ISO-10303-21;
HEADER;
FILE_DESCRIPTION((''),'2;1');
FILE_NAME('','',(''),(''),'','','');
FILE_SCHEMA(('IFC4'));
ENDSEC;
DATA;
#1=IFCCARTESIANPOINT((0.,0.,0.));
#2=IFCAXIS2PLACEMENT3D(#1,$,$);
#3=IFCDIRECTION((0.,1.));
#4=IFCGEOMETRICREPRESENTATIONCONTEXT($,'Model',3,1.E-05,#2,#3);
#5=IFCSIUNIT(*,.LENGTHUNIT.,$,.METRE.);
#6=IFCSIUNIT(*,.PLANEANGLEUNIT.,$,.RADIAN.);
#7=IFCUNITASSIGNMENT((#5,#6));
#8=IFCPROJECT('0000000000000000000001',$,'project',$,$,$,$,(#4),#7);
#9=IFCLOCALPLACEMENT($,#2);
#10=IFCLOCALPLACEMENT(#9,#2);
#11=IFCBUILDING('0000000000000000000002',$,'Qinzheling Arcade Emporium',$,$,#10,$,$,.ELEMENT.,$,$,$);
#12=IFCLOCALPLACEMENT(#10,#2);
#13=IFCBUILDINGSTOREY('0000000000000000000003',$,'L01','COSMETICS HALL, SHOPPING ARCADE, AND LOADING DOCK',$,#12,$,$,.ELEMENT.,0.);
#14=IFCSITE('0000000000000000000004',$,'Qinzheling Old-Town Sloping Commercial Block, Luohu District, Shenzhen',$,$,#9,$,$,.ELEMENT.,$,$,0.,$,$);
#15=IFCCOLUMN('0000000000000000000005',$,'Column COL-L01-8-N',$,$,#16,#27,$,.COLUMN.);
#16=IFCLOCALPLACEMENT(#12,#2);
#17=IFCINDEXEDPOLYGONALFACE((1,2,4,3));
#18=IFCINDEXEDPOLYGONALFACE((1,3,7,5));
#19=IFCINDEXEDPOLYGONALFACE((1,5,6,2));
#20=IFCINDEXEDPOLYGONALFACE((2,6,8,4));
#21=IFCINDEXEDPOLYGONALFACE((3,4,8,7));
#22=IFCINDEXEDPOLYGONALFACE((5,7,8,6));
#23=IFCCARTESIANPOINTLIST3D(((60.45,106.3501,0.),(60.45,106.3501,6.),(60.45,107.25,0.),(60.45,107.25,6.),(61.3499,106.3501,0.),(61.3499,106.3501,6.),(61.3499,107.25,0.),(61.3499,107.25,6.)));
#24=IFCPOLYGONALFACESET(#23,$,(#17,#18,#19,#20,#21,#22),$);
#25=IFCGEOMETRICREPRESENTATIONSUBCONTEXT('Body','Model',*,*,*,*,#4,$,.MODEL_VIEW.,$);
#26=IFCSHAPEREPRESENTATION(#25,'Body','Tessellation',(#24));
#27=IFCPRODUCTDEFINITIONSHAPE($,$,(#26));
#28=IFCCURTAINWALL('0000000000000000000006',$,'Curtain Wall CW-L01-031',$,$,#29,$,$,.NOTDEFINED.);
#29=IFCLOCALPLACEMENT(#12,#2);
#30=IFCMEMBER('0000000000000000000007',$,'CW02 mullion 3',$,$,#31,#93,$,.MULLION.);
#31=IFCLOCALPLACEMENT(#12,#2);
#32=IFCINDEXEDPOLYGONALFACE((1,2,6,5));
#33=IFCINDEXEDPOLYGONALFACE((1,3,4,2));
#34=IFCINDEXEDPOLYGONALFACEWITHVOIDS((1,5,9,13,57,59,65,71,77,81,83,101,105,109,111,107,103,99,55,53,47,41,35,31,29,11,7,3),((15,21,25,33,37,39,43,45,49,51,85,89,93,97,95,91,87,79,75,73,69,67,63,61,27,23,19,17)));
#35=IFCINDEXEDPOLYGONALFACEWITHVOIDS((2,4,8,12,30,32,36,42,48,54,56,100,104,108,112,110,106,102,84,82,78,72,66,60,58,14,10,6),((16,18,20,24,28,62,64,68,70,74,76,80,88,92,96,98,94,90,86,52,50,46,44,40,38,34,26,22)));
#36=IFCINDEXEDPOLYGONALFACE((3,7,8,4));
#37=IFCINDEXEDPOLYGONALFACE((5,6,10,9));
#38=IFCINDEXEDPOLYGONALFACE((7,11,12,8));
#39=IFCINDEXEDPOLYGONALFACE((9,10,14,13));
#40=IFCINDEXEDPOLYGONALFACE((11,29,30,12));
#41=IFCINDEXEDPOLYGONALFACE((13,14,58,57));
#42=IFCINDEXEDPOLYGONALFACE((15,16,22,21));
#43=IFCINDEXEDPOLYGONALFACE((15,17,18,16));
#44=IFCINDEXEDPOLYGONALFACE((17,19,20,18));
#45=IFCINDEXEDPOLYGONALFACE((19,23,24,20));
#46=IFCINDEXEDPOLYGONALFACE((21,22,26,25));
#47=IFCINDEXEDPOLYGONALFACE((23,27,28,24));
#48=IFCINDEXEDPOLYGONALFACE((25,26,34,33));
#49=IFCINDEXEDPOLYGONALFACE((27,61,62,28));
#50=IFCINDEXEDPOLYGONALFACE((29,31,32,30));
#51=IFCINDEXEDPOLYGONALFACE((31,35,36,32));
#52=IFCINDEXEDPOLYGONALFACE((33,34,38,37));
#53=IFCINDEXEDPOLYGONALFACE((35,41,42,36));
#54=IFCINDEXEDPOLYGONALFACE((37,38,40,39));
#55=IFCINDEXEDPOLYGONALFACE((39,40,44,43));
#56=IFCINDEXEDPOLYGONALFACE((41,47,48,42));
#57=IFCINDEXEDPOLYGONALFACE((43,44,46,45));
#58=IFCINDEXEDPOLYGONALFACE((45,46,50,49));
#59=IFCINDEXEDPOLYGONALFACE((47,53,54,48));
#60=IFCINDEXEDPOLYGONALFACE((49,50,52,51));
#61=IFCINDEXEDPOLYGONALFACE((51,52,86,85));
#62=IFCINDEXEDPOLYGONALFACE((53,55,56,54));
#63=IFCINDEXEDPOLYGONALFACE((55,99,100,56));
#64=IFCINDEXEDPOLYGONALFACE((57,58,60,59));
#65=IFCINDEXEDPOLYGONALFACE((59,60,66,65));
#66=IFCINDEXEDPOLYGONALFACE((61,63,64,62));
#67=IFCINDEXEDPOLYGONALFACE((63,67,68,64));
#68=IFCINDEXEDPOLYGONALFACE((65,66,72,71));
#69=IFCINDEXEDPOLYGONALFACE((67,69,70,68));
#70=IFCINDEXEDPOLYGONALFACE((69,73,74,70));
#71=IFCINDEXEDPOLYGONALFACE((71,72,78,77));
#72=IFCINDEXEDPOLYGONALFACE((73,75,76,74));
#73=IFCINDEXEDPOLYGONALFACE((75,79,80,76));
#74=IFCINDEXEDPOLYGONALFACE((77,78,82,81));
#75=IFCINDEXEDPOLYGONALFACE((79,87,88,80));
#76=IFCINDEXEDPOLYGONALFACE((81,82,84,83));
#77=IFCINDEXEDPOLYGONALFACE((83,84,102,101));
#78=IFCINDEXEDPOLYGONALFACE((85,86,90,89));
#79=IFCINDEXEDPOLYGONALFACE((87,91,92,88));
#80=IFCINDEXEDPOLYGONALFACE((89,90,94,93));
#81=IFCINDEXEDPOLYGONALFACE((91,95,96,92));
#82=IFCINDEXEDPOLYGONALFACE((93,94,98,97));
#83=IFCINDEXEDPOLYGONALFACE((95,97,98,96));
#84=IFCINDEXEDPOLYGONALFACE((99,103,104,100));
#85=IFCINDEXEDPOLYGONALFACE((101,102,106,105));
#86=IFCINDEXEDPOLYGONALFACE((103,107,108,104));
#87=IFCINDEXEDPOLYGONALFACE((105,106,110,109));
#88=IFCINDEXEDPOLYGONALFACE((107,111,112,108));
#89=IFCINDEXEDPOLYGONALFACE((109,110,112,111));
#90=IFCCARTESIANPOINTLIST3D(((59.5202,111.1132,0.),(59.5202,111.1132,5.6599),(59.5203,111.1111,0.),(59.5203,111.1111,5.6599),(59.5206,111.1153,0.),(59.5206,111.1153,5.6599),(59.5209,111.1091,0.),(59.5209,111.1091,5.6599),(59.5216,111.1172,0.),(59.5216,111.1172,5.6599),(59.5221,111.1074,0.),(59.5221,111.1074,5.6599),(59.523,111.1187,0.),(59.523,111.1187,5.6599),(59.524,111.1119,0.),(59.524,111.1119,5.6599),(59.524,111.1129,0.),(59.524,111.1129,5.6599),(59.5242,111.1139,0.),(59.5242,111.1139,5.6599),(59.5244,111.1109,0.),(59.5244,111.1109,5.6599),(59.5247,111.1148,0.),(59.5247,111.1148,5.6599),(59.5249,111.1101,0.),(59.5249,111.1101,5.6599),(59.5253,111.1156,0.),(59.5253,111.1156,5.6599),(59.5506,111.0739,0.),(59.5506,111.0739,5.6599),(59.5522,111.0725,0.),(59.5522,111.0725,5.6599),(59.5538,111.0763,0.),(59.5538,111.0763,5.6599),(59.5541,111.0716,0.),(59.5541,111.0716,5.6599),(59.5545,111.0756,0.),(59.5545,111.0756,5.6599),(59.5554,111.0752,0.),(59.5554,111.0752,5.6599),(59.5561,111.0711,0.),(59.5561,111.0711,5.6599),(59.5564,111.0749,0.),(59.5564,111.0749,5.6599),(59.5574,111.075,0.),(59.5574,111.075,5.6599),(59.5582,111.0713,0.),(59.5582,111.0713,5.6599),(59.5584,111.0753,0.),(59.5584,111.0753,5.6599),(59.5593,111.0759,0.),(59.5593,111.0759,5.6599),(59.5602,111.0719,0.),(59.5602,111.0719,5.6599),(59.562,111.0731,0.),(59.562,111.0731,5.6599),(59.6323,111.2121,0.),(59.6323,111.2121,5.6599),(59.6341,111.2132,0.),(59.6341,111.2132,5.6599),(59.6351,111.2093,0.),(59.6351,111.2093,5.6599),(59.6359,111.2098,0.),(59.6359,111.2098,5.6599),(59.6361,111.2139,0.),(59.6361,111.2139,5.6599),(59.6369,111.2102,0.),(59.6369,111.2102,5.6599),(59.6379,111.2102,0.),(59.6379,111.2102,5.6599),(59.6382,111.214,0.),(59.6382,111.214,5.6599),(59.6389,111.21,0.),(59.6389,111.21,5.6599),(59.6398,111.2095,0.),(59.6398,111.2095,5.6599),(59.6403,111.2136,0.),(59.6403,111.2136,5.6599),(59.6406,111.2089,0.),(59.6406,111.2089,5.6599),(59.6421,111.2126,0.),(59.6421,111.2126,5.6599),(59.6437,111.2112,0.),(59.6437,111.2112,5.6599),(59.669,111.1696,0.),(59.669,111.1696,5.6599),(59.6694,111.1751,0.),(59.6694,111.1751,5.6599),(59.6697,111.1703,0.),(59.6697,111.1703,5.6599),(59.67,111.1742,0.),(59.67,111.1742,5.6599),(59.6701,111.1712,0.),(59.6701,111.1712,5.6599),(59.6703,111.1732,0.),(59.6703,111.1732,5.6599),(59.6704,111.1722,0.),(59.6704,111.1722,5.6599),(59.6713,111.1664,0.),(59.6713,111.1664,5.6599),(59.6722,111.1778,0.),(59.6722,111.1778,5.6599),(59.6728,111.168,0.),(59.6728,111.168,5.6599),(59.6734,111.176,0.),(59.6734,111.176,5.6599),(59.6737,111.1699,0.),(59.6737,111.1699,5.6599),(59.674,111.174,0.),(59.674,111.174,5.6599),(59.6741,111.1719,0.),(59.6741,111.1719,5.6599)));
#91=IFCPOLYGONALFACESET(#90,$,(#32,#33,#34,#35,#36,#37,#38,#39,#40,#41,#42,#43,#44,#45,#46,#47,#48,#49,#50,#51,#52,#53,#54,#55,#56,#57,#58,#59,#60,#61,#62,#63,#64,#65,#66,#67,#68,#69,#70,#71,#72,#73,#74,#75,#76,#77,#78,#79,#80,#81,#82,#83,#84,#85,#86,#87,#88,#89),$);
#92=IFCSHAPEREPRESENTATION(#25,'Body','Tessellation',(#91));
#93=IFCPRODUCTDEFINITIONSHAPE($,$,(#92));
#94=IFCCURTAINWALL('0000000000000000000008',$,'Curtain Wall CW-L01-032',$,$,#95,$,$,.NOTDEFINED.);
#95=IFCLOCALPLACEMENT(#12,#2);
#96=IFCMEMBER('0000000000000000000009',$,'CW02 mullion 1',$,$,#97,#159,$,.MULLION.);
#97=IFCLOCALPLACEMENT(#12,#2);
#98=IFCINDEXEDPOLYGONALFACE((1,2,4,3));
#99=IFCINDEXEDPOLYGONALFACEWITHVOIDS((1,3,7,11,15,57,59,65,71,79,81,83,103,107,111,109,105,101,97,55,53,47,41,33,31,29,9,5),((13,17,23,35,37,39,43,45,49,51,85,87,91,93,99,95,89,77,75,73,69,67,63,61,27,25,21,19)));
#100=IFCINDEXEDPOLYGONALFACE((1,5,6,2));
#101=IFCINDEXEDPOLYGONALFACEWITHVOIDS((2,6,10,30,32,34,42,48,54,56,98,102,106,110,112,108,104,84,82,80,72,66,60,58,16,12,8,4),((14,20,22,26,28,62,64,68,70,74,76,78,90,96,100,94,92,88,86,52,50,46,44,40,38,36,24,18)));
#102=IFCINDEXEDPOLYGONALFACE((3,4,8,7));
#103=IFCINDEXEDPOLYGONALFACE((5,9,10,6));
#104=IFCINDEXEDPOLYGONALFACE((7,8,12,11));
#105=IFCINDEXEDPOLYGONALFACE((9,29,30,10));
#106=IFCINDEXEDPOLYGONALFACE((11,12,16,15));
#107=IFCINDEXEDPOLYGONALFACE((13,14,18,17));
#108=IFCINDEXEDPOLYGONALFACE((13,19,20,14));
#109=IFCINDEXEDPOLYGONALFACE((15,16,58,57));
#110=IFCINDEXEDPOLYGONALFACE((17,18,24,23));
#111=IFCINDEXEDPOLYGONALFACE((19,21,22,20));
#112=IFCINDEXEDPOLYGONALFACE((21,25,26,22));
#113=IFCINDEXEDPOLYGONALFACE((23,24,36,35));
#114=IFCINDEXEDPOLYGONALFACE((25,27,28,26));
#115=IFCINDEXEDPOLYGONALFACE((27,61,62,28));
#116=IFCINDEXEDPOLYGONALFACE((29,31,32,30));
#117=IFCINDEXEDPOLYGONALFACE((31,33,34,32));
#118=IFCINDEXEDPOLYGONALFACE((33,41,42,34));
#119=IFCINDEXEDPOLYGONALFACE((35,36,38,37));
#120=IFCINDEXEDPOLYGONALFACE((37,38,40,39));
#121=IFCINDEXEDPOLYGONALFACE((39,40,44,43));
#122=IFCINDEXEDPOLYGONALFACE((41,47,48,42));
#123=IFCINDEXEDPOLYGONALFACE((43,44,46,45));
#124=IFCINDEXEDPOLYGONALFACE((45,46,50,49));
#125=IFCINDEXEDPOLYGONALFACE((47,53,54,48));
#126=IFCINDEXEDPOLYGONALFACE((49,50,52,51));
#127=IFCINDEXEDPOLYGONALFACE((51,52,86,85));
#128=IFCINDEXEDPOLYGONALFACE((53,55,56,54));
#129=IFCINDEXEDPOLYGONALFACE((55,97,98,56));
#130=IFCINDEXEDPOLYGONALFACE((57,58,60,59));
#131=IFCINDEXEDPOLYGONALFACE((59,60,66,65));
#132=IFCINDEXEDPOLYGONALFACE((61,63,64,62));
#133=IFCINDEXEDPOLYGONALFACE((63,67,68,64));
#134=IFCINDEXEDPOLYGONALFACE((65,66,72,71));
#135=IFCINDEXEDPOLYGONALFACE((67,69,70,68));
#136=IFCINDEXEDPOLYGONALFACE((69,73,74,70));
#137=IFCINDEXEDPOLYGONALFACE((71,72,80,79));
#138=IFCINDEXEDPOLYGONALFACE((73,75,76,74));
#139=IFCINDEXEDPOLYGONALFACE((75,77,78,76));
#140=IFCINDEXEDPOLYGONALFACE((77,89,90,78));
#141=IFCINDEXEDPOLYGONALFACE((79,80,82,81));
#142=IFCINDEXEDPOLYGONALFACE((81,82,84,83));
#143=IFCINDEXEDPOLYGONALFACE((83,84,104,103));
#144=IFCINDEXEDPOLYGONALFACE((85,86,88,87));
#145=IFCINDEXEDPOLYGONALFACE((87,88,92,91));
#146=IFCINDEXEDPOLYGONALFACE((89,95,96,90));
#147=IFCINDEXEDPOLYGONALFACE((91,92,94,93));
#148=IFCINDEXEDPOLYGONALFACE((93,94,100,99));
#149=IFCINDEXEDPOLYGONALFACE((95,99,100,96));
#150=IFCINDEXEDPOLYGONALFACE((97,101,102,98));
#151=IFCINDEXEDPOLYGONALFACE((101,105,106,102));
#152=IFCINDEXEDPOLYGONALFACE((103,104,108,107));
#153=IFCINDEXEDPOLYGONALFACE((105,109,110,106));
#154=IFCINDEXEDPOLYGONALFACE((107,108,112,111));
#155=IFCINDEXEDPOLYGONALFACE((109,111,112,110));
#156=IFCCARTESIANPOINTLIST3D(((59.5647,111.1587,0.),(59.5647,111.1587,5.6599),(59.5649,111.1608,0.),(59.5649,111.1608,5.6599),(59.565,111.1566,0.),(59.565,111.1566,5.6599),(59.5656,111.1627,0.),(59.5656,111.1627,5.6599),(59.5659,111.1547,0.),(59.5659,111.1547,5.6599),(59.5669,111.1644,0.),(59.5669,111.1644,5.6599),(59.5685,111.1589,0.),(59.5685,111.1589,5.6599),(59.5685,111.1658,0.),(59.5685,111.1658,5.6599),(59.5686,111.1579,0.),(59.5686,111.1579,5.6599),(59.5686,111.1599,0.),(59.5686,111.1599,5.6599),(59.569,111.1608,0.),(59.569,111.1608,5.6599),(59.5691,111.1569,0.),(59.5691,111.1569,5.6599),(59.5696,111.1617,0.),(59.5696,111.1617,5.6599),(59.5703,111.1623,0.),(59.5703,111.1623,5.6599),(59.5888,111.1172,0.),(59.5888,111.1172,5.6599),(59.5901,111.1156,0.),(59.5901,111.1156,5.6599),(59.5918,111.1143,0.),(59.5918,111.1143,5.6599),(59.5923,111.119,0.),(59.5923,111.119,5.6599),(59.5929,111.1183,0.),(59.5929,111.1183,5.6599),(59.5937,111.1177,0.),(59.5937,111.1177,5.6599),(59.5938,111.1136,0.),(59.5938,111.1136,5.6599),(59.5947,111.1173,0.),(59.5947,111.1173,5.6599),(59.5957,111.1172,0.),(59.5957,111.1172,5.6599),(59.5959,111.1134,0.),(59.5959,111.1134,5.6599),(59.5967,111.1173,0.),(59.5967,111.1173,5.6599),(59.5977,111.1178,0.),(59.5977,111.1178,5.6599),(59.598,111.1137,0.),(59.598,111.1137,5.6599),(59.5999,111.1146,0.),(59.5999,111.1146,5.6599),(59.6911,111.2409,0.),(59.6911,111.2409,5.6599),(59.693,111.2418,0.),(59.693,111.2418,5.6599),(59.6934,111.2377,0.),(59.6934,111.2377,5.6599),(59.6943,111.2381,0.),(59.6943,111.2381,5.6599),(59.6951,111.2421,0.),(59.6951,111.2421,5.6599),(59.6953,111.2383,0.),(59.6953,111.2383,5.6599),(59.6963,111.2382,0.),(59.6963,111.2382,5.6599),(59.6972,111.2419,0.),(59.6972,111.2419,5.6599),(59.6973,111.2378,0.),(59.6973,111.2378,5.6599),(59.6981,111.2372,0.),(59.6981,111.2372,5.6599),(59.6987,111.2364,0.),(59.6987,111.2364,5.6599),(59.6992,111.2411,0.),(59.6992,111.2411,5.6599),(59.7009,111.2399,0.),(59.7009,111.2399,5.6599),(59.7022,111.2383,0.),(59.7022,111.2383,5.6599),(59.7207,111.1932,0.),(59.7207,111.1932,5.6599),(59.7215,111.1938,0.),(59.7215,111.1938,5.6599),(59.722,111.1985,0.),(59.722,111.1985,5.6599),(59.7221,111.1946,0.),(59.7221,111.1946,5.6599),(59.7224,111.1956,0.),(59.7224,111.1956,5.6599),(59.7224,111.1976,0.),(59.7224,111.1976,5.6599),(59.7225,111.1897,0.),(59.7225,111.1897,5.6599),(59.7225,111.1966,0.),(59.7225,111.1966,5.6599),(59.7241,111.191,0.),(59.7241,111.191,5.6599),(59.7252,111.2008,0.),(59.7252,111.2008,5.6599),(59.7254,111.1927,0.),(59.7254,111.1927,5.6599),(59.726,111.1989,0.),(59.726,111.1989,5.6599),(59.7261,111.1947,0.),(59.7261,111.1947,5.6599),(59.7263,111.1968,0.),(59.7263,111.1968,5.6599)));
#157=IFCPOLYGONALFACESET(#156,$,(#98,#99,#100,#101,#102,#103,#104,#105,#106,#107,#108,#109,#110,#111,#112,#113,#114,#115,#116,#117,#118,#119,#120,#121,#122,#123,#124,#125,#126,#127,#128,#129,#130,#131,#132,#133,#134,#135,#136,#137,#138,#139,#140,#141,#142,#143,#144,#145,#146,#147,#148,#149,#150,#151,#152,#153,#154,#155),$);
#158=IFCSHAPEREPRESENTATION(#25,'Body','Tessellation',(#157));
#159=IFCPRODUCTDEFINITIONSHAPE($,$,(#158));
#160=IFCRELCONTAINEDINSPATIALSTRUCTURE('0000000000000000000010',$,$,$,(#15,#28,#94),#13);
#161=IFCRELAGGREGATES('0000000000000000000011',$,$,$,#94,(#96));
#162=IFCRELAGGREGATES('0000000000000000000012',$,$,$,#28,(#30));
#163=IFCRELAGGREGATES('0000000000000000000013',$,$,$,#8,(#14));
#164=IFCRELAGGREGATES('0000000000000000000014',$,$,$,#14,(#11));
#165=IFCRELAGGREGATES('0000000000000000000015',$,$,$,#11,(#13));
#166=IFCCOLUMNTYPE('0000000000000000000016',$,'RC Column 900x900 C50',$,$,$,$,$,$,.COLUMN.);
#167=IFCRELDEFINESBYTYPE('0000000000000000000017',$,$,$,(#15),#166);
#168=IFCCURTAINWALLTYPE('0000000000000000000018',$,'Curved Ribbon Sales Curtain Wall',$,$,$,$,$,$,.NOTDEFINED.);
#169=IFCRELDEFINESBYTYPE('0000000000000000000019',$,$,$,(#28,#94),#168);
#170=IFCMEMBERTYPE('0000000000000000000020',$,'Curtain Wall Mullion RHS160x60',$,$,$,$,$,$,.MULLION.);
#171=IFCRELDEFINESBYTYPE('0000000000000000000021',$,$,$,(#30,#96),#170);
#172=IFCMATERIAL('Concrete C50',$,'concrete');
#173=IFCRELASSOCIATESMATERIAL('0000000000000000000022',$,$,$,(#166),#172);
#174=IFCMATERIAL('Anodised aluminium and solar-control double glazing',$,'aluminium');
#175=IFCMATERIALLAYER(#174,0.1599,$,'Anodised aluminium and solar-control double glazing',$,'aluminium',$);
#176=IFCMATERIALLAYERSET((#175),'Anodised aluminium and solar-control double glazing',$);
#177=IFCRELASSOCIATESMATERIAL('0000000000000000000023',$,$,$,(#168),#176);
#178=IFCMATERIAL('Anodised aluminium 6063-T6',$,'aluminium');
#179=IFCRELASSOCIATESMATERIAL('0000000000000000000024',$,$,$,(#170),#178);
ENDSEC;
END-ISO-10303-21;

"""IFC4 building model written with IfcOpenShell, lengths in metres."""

from ifc_helpers import new_model, si_unit, direction, frame, origin, origin_2d, place, context, subcontext, project, spatial, rectangle, hollow_rectangle, extrude, material, layer, layer_set, material_profile, profile_set, type_object, element, aggregate, save


model = new_model("IFC4")

# Units and contexts
model_context = context("Model", 3, precision=1e-05, world=origin(), true_north=direction((0.0, 1.0)))
body_context = subcontext(model_context, "Body", "Model", "MODEL_VIEW")
ifc_project = project(units=[si_unit("LENGTHUNIT", "METRE"), si_unit("PLANEANGLEUNIT", "RADIAN")], contexts=[model_context])

# Site, building, storey
site_placement = place(None, origin())
site = spatial("IfcSite", under=ifc_project, at=site_placement, Name="Qinzheling Old-Town Sloping Commercial Block, Luohu District, Shenzhen", CompositionType="ELEMENT", RefElevation=0.0)
building_placement = place(site_placement, origin())
building = spatial("IfcBuilding", under=site, at=building_placement, Name="Qinzheling Arcade Emporium", CompositionType="ELEMENT")
storey_placement = place(building_placement, origin())
storey = spatial("IfcBuildingStorey", under=building, at=storey_placement, Name="L01", Description="COSMETICS HALL, SHOPPING ARCADE, AND LOADING DOCK", CompositionType="ELEMENT", Elevation=0.0)

# Column
ifc_material_1 = material(Name="Concrete C50", Category="concrete")
ifc_material_profile_1 = material_profile(ifc_material_1, rectangle(XDim=0.8999, YDim=0.8999, at=origin_2d()), Name="RC 900x900", Category="concrete")
ifc_profile_set_1 = profile_set([ifc_material_profile_1], Name="Concrete C50")
column_type = type_object("IfcColumnType", Name="RC Column 900x900 C50", PredefinedType="COLUMN", material=ifc_profile_set_1)
column_placement = place(storey_placement, frame((60.8999, 106.8, 0.0), z_axis=(0.0, 0.0, 1.0), x_axis=(1.0, 0.0, 0.0)))
element("IfcColumn", 1, at=column_placement, inside=storey, type_object=column_type, Name="Column COL-L01-8-N", PredefinedType="COLUMN", context=body_context, shape_type="SweptSolid", body=[
    extrude(rectangle(XDim=0.8999, YDim=0.8999, at=origin_2d()), origin(), (0.0, 0.0, 1.0), 6.0),
])

# Curtain wall, member
ifc_material_2 = material(Name="Anodised aluminium and solar-control double glazing", Category="aluminium")
ifc_layer_1 = layer(ifc_material_2, 0.1599, Name="Anodised aluminium and solar-control double glazing", Category="aluminium")
ifc_layer_set_1 = layer_set([ifc_layer_1], Name="Anodised aluminium and solar-control double glazing")
curtain_wall_type = type_object("IfcCurtainWallType", Name="Curved Ribbon Sales Curtain Wall", PredefinedType="NOTDEFINED", material=ifc_layer_set_1)
curtain_wall_1_placement = place(storey_placement, origin())
curtain_wall_1 = element("IfcCurtainWall", 2, at=curtain_wall_1_placement, inside=storey, type_object=curtain_wall_type, Name="Curtain Wall CW-L01-031", PredefinedType="NOTDEFINED")
ifc_material_3 = material(Name="Anodised aluminium 6063-T6", Category="aluminium")
ifc_material_profile_2 = material_profile(ifc_material_3, hollow_rectangle(XDim=0.0601, YDim=0.1599, WallThickness=0.0039, InnerFilletRadius=0.0039, OuterFilletRadius=0.0081, at=origin_2d()), Name="RHS 160x60x4", Category="aluminium")
ifc_profile_set_2 = profile_set([ifc_material_profile_2], Name="Anodised aluminium 6063-T6")
member_type_1 = type_object("IfcMemberType", Name="Curtain Wall Mullion RHS160x60", PredefinedType="MULLION", material=ifc_profile_set_2)
member_1_placement = place(storey_placement, frame((59.5972, 111.1426, 0.0), z_axis=(0.0, 0.0, 1.0), x_axis=(-0.649332, 0.760505, 0.0)))
member_1 = element("IfcMember", 3, at=member_1_placement, type_object=member_type_1, Name="CW02 mullion 3", PredefinedType="MULLION", context=body_context, shape_type="SweptSolid", body=[
    extrude(hollow_rectangle(XDim=0.0601, YDim=0.1599, WallThickness=0.0039, InnerFilletRadius=0.0039, OuterFilletRadius=0.0081, at=origin_2d()), origin(), (0.0, 0.0, 1.0), 5.6599),
])

# Curtain wall, member
curtain_wall_2_placement = place(storey_placement, origin())
curtain_wall_2 = element("IfcCurtainWall", 4, at=curtain_wall_2_placement, inside=storey, type_object=curtain_wall_type, Name="Curtain Wall CW-L01-032", PredefinedType="NOTDEFINED")
member_2_placement = place(storey_placement, frame((59.6455, 111.1777, 0.0), z_axis=(0.0, 0.0, 1.0), x_axis=(-0.522595, 0.852581, 0.0)))
member_2 = element("IfcMember", 5, at=member_2_placement, type_object=member_type_1, Name="CW02 mullion 1", PredefinedType="MULLION", context=body_context, shape_type="SweptSolid", body=[
    extrude(hollow_rectangle(XDim=0.0601, YDim=0.1599, WallThickness=0.0039, InnerFilletRadius=0.0039, OuterFilletRadius=0.0081, at=origin_2d()), origin(), (0.0, 0.0, 1.0), 5.6599),
])

aggregate(curtain_wall_2, [member_2])
aggregate(curtain_wall_1, [member_1])

save(model, "model.ifc")
